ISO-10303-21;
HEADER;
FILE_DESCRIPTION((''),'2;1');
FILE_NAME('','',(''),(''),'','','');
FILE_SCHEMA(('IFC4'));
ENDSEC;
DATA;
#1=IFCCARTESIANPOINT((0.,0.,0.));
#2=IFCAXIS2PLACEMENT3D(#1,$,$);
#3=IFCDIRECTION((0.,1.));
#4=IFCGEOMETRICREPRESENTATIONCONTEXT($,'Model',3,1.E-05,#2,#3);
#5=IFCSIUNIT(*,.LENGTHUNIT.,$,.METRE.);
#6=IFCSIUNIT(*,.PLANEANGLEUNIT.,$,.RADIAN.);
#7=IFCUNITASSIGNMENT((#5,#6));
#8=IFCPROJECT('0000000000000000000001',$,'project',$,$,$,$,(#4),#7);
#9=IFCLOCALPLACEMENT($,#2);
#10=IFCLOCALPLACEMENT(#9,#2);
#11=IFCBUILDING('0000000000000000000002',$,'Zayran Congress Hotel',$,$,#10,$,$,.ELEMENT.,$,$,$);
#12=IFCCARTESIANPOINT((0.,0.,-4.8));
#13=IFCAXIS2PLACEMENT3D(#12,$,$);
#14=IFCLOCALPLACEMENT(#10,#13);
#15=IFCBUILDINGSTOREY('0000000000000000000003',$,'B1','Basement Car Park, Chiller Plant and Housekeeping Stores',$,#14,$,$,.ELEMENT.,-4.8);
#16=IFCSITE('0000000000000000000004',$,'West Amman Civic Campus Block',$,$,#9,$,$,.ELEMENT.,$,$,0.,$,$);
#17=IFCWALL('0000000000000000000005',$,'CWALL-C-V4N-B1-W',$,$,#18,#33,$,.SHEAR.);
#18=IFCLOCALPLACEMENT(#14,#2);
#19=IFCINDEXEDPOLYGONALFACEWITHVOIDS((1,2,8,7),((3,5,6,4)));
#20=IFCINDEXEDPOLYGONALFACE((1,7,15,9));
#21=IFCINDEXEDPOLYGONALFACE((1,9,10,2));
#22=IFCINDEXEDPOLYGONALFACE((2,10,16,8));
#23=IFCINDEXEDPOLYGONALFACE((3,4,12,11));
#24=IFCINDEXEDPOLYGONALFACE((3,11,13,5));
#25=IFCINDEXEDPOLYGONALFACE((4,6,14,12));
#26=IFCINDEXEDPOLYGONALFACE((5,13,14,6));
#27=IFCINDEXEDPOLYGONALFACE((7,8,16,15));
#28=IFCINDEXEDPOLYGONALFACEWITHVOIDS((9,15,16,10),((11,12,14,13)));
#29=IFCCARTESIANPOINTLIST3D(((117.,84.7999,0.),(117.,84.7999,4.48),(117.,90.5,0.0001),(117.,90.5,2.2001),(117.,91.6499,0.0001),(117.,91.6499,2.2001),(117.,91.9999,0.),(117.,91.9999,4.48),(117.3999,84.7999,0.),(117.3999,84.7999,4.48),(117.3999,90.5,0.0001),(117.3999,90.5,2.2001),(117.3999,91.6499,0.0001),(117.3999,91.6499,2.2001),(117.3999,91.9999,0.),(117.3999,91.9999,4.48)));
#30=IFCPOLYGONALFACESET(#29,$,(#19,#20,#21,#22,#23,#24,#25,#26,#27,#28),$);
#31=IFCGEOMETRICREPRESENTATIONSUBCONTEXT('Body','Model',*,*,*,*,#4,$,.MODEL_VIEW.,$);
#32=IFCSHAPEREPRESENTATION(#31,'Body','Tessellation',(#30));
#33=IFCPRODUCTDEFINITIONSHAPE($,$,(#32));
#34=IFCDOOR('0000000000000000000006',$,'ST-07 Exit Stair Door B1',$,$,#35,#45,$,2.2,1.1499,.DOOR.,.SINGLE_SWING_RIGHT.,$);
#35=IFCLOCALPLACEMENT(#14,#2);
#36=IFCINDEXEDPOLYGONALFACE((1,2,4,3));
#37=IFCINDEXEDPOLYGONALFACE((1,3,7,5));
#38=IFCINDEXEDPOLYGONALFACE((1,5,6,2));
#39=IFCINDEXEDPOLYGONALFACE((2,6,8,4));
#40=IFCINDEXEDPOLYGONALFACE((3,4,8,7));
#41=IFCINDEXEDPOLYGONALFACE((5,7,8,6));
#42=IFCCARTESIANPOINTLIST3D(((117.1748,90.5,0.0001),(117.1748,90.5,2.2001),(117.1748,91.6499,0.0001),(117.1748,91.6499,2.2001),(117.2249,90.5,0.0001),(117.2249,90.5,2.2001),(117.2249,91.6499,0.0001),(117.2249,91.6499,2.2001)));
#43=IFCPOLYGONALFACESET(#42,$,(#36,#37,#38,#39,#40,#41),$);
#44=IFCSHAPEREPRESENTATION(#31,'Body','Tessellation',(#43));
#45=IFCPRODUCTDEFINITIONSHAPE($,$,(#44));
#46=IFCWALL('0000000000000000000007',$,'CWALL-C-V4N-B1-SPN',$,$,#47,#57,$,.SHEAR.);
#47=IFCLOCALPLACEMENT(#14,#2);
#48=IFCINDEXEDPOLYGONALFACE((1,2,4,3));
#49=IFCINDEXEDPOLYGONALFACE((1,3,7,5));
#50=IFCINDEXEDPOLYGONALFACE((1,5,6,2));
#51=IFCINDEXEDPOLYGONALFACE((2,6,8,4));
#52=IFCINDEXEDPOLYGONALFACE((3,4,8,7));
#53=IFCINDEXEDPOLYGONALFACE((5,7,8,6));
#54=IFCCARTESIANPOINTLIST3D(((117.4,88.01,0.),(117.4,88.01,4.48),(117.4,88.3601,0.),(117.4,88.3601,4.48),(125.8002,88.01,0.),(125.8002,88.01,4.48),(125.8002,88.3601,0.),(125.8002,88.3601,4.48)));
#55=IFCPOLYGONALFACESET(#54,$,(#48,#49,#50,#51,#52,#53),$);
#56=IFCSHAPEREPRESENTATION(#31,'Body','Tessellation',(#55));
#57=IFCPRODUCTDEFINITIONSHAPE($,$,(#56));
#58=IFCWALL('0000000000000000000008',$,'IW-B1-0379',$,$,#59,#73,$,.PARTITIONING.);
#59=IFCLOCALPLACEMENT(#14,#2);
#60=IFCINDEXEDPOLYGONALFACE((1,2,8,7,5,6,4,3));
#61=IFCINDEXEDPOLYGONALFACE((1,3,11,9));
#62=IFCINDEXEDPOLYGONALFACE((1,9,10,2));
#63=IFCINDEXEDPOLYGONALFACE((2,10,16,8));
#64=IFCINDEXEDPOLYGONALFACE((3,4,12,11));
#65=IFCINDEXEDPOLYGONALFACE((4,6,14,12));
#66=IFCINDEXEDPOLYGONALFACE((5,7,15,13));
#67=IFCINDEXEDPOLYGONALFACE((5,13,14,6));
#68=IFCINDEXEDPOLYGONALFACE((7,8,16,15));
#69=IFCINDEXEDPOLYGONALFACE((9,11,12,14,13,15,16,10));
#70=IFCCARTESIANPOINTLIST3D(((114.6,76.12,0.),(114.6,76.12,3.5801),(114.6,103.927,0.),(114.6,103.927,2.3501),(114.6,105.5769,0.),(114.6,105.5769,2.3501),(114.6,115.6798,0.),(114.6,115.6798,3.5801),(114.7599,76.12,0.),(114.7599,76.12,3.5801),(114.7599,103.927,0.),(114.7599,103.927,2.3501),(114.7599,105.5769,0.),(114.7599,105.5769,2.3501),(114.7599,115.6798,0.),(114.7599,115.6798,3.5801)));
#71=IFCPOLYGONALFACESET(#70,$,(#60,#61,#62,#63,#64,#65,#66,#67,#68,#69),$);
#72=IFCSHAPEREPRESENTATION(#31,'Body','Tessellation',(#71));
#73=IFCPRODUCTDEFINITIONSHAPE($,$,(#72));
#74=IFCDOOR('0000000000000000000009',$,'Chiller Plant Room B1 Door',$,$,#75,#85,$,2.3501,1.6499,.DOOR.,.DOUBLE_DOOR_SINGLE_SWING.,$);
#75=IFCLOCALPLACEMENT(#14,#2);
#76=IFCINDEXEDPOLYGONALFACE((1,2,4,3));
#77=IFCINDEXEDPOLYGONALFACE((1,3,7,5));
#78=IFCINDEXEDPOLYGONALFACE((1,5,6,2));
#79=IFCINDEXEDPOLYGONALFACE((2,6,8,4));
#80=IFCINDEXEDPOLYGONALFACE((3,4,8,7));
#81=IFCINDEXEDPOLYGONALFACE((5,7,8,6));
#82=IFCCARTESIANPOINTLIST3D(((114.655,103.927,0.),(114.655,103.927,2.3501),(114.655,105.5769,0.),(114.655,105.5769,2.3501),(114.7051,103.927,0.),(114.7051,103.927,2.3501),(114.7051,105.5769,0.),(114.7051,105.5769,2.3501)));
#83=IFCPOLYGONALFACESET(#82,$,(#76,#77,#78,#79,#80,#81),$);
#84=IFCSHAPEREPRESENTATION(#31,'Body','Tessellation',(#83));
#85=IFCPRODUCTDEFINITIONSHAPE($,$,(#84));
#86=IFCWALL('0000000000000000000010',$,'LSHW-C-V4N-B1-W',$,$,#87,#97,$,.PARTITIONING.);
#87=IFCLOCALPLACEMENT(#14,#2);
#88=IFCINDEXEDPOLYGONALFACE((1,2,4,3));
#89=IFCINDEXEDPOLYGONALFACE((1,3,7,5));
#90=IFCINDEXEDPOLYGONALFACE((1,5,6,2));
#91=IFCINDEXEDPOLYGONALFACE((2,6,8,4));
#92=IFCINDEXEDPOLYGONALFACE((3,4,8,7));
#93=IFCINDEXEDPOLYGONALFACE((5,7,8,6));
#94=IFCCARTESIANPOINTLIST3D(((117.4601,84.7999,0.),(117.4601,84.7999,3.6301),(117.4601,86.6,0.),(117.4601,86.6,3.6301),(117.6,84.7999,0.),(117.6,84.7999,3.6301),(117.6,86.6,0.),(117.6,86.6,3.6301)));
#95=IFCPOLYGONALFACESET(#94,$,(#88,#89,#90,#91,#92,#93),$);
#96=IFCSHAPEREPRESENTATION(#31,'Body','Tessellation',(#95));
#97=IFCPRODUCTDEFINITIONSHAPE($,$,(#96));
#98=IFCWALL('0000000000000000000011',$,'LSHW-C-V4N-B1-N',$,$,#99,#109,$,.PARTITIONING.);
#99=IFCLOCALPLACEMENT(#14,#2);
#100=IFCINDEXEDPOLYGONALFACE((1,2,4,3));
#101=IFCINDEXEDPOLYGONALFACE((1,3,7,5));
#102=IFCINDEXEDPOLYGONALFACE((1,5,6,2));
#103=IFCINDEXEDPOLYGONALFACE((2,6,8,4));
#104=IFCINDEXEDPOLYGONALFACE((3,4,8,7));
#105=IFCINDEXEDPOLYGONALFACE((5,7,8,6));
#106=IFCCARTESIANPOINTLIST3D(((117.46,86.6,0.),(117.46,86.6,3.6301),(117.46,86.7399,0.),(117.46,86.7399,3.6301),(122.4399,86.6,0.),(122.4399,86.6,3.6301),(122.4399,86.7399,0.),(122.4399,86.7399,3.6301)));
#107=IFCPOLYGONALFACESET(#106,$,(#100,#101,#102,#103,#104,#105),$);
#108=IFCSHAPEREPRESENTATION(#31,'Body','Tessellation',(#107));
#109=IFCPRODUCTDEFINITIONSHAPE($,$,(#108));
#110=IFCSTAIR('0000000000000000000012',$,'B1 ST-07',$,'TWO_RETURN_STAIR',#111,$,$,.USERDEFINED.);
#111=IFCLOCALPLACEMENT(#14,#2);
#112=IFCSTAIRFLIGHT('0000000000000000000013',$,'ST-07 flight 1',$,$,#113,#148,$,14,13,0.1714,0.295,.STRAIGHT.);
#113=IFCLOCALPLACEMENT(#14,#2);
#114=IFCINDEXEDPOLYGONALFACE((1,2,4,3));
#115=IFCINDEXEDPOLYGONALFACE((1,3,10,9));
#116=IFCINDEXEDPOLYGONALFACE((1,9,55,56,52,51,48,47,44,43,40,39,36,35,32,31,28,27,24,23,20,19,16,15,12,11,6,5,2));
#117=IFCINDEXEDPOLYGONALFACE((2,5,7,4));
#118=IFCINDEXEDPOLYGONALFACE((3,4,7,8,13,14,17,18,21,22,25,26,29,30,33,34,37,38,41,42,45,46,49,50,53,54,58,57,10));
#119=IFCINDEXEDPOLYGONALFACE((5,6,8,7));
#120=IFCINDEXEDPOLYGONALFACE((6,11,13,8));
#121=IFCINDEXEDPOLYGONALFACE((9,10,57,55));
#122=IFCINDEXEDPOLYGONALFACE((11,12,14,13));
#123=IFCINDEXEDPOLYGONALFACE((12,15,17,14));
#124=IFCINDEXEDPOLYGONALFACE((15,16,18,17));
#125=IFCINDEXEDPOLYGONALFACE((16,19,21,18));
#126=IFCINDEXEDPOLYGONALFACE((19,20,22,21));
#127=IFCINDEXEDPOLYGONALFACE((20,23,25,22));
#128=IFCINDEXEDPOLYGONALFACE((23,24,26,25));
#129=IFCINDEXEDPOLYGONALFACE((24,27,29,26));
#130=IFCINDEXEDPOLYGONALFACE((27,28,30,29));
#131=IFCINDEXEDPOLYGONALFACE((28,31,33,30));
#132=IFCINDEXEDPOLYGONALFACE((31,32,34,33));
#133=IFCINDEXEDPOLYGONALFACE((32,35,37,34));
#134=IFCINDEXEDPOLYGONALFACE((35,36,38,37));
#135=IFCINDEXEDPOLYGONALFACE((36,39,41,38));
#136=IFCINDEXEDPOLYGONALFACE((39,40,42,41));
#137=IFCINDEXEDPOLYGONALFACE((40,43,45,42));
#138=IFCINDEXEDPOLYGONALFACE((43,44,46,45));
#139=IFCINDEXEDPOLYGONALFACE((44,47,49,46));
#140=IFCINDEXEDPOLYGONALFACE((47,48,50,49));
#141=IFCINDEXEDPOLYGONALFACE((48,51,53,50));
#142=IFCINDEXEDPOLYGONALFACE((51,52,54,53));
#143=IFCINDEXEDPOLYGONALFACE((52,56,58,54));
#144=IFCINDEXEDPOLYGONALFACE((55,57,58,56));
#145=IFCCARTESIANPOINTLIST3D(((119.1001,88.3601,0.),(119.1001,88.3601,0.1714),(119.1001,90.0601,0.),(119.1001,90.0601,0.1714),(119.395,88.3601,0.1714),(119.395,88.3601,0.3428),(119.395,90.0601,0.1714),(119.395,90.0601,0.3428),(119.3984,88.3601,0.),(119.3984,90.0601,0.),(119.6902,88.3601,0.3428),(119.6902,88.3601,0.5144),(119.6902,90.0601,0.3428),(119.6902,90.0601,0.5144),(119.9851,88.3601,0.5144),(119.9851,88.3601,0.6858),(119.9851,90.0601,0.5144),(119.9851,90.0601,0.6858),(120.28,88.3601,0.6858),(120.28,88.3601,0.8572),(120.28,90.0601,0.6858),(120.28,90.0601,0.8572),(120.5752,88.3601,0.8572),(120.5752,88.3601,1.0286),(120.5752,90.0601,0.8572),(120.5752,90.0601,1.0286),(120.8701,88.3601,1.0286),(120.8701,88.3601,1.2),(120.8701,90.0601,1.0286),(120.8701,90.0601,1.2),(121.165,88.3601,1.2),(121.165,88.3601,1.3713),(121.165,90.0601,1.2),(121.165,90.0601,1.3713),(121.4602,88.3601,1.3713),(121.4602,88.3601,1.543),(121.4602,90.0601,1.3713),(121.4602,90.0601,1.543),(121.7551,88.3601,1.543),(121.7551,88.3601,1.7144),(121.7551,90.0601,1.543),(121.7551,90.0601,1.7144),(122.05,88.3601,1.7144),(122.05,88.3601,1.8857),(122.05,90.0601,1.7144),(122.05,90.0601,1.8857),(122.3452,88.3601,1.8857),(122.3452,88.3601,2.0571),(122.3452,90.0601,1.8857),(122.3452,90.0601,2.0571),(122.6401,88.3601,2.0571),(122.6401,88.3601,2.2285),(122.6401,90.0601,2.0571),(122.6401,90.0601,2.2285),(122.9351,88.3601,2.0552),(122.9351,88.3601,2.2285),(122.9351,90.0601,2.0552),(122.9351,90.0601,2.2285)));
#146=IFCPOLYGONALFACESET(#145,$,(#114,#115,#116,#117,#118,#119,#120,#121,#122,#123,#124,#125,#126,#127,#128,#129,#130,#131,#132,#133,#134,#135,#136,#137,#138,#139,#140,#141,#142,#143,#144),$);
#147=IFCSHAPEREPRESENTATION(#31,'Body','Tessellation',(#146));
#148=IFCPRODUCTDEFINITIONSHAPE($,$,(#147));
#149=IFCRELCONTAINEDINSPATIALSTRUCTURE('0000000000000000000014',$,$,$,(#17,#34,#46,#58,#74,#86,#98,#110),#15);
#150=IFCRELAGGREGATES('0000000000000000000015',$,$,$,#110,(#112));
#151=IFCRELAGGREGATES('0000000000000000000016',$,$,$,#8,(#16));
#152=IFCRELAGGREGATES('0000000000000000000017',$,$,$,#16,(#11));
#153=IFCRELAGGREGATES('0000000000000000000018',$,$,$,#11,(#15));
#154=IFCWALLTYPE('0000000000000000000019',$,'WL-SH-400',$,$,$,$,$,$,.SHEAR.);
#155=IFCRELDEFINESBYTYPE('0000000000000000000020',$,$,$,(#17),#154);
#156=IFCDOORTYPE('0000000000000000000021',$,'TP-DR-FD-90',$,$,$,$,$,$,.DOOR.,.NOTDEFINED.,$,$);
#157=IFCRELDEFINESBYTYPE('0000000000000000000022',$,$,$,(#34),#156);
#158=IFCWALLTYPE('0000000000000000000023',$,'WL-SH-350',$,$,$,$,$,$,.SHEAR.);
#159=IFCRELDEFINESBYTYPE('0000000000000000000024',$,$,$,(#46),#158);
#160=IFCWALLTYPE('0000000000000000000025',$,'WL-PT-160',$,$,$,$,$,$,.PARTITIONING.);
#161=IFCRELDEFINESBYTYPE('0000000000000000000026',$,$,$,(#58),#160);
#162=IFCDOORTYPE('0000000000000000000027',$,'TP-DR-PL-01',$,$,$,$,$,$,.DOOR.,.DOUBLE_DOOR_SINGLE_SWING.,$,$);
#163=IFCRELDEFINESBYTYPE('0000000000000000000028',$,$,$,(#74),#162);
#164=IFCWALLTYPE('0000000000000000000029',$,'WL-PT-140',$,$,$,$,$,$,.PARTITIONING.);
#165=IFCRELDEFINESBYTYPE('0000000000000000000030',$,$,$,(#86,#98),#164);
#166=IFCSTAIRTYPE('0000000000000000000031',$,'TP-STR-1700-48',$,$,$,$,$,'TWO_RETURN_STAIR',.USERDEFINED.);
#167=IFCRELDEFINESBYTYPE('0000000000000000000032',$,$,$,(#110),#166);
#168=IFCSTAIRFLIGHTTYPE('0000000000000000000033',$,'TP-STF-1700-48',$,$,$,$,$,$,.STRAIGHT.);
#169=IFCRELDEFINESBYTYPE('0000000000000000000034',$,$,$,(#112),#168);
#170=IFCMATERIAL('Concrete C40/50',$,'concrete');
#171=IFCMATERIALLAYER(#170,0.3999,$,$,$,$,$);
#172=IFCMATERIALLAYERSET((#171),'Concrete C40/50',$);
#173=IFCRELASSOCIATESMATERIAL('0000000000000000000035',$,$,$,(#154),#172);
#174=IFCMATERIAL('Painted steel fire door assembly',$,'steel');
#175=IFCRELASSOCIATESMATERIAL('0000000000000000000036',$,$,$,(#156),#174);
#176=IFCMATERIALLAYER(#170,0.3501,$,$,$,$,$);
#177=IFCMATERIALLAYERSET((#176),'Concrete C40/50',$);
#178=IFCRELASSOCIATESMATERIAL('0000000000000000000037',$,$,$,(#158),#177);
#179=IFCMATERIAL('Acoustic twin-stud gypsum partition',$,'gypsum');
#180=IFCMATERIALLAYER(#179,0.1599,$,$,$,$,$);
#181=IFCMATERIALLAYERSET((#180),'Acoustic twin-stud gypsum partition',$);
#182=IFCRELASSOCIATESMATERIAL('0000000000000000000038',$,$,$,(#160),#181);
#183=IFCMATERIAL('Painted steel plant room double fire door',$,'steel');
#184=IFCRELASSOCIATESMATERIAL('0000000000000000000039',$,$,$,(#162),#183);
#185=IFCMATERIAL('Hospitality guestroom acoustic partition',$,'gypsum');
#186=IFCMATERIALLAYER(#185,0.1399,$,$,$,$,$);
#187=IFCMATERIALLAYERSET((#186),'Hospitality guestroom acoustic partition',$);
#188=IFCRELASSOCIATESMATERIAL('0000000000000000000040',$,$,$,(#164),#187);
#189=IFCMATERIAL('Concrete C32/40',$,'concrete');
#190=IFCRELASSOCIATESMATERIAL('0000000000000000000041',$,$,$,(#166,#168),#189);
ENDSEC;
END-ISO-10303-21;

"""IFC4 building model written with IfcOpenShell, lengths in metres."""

from ifc_helpers import new_model, si_unit, direction, frame, frame_2d, origin, place, context, subcontext, project, spatial, polyline, rectangle, outline, extrude, material, layer, layer_set, type_object, element, fill, aggregate, save


model = new_model("IFC4")

# Units and contexts
model_context = context("Model", 3, precision=1e-05, world=origin(), true_north=direction((0.0, 1.0)))
body_context = subcontext(model_context, "Body", "Model", "MODEL_VIEW")
ifc_project = project(units=[si_unit("LENGTHUNIT", "METRE"), si_unit("PLANEANGLEUNIT", "RADIAN")], contexts=[model_context])

# Site, building, storey
site_placement = place(None, origin())
site = spatial("IfcSite", under=ifc_project, at=site_placement, Name="West Amman Civic Campus Block", CompositionType="ELEMENT", RefElevation=0.0)
building_placement = place(site_placement, origin())
building = spatial("IfcBuilding", under=site, at=building_placement, Name="Zayran Congress Hotel", CompositionType="ELEMENT")
storey_placement = place(building_placement, frame((0.0, 0.0, -4.8)))
storey = spatial("IfcBuildingStorey", under=building, at=storey_placement, Name="B1", Description="Basement Car Park, Chiller Plant and Housekeeping Stores", CompositionType="ELEMENT", Elevation=-4.8)

# Shared definitions
ifc_material_1 = material(Name="Concrete C40/50", Category="concrete")

# Shared definitions
ifc_layer_1 = layer(ifc_material_1, 0.3999)
ifc_layer_set_1 = layer_set([ifc_layer_1], Name="Concrete C40/50")
wall_type_1 = type_object("IfcWallType", Name="WL-SH-400", PredefinedType="SHEAR", material=ifc_layer_set_1)

# Wall, opening, door
wall_1_placement = place(storey_placement, frame((117.2, 92.0, 0.0), z_axis=(0.0, 0.0, 1.0), x_axis=(0.0, -1.0, 0.0)))
wall_1 = element("IfcWall", 1, at=wall_1_placement, inside=storey, type_object=wall_type_1, Name="CWALL-C-V4N-B1-W", PredefinedType="SHEAR", context=body_context, shape_type="SweptSolid", body=[
    extrude(rectangle(XDim=7.2, YDim=0.3999, at=frame_2d((3.6001, 0.0))), origin(), (0.0, 0.0, 1.0), 4.48),
])
opening_1_placement = place(wall_1_placement, frame((0.3501, 0.0, 0.0)))
opening_1 = element("IfcOpeningElement", 2, at=opening_1_placement, cuts=wall_1, PredefinedType="OPENING", context=body_context, shape_type="SweptSolid", body=[
    extrude(rectangle(XDim=1.1499, YDim=2.2, at=frame_2d((0.575, 1.1001))), frame((0.0, 0.21, 0.0), z_axis=(0.0, -1.0, 0.0), x_axis=(1.0, 0.0, 0.0)), (0.0, 0.0, 1.0), 0.4199),
])
ifc_material_2 = material(Name="Painted steel fire door assembly", Category="steel")
door_type_1 = type_object("IfcDoorType", Name="TP-DR-FD-90", OperationType="NOTDEFINED", PredefinedType="DOOR", material=ifc_material_2)
door_1_placement = place(opening_1_placement, origin())
door_1 = element("IfcDoor", 3, at=door_1_placement, inside=storey, type_object=door_type_1, Name="ST-07 Exit Stair Door B1", OperationType="SINGLE_SWING_RIGHT", OverallHeight=2.2, OverallWidth=1.1499, PredefinedType="DOOR", context=body_context, shape_type="SweptSolid", body=[
    extrude(rectangle(XDim=1.1499, YDim=2.2, at=frame_2d((0.575, 1.1001))), frame((0.0, 0.0249, 0.0), z_axis=(0.0, -1.0, 0.0), x_axis=(1.0, 0.0, 0.0)), (0.0, 0.0, 1.0), 0.05),
])
fill(opening_1, door_1)

# Wall
ifc_layer_2 = layer(ifc_material_1, 0.3501)
ifc_layer_set_2 = layer_set([ifc_layer_2], Name="Concrete C40/50")
wall_type_2 = type_object("IfcWallType", Name="WL-SH-350", PredefinedType="SHEAR", material=ifc_layer_set_2)
wall_2_placement = place(storey_placement, frame((117.3999, 88.1851, 0.0), z_axis=(0.0, 0.0, 1.0), x_axis=(1.0, 0.0, 0.0)))
element("IfcWall", 4, at=wall_2_placement, inside=storey, type_object=wall_type_2, Name="CWALL-C-V4N-B1-SPN", PredefinedType="SHEAR", context=body_context, shape_type="SweptSolid", body=[
    extrude(rectangle(XDim=8.4001, YDim=0.3501, at=frame_2d((4.2002, 0.0))), origin(), (0.0, 0.0, 1.0), 4.48),
])

# Wall, opening, door
ifc_material_3 = material(Name="Acoustic twin-stud gypsum partition", Category="gypsum")
ifc_layer_3 = layer(ifc_material_3, 0.1599)
ifc_layer_set_3 = layer_set([ifc_layer_3], Name="Acoustic twin-stud gypsum partition")
wall_type_3 = type_object("IfcWallType", Name="WL-PT-160", PredefinedType="PARTITIONING", material=ifc_layer_set_3)
wall_3_placement = place(storey_placement, frame((114.6799, 76.1201, 0.0), z_axis=(0.0, 0.0, 1.0), x_axis=(0.0, 1.0, 0.0)))
wall_3 = element("IfcWall", 5, at=wall_3_placement, inside=storey, type_object=wall_type_3, Name="IW-B1-0379", PredefinedType="PARTITIONING", context=body_context, shape_type="SweptSolid", body=[
    extrude(rectangle(XDim=39.5598, YDim=0.1599, at=frame_2d((19.7798, 0.0))), origin(), (0.0, 0.0, 1.0), 3.5801),
])
opening_2_placement = place(wall_3_placement, frame((27.8069, 0.0, 0.0)))
opening_2 = element("IfcOpeningElement", 6, at=opening_2_placement, cuts=wall_3, PredefinedType="OPENING", context=body_context, shape_type="SweptSolid", body=[
    extrude(rectangle(XDim=1.6499, YDim=2.3501, at=frame_2d((0.825, 1.175))), frame((0.0, 0.0898, 0.0), z_axis=(0.0, -1.0, 0.0), x_axis=(1.0, 0.0, 0.0)), (0.0, 0.0, 1.0), 0.1799),
])
ifc_material_4 = material(Name="Painted steel plant room double fire door", Category="steel")
door_type_2 = type_object("IfcDoorType", Name="TP-DR-PL-01", OperationType="DOUBLE_DOOR_SINGLE_SWING", PredefinedType="DOOR", material=ifc_material_4)
door_2_placement = place(opening_2_placement, origin())
door_2 = element("IfcDoor", 7, at=door_2_placement, inside=storey, type_object=door_type_2, Name="Chiller Plant Room B1 Door", OperationType="DOUBLE_DOOR_SINGLE_SWING", OverallHeight=2.3501, OverallWidth=1.6499, PredefinedType="DOOR", context=body_context, shape_type="SweptSolid", body=[
    extrude(rectangle(XDim=1.6499, YDim=2.3501, at=frame_2d((0.825, 1.175))), frame((0.0, 0.0249, 0.0), z_axis=(0.0, -1.0, 0.0), x_axis=(1.0, 0.0, 0.0)), (0.0, 0.0, 1.0), 0.05),
])
fill(opening_2, door_2)

# Walls
ifc_material_5 = material(Name="Hospitality guestroom acoustic partition", Category="gypsum")
ifc_layer_4 = layer(ifc_material_5, 0.1399)
ifc_layer_set_4 = layer_set([ifc_layer_4], Name="Hospitality guestroom acoustic partition")
wall_type_4 = type_object("IfcWallType", Name="WL-PT-140", PredefinedType="PARTITIONING", material=ifc_layer_set_4)
wall_4_placement = place(storey_placement, frame((117.53, 84.8, 0.0), z_axis=(0.0, 0.0, 1.0), x_axis=(0.0, 1.0, 0.0)))
element("IfcWall", 8, at=wall_4_placement, inside=storey, type_object=wall_type_4, Name="LSHW-C-V4N-B1-W", PredefinedType="PARTITIONING", context=body_context, shape_type="SweptSolid", body=[
    extrude(rectangle(XDim=1.8, YDim=0.1399, at=frame_2d((0.8999, 0.0))), origin(), (0.0, 0.0, 1.0), 3.6301),
])
wall_5_placement = place(storey_placement, frame((117.46, 86.6699, 0.0), z_axis=(0.0, 0.0, 1.0), x_axis=(1.0, 0.0, 0.0)))
element("IfcWall", 9, at=wall_5_placement, inside=storey, type_object=wall_type_4, Name="LSHW-C-V4N-B1-N", PredefinedType="PARTITIONING", context=body_context, shape_type="SweptSolid", body=[
    extrude(rectangle(XDim=4.98, YDim=0.1399, at=frame_2d((2.49, 0.0))), origin(), (0.0, 0.0, 1.0), 3.6301),
])

# Stair, stair flight
ifc_material_6 = material(Name="Concrete C32/40", Category="concrete")
stair_type = type_object("IfcStairType", Name="TP-STR-1700-48", ElementType="TWO_RETURN_STAIR", PredefinedType="USERDEFINED", material=ifc_material_6)
stair_placement = place(storey_placement, origin())
stair = element("IfcStair", 10, at=stair_placement, inside=storey, type_object=stair_type, Name="B1 ST-07", ObjectType="TWO_RETURN_STAIR", PredefinedType="USERDEFINED")
stair_flight_type = type_object("IfcStairFlightType", Name="TP-STF-1700-48", PredefinedType="STRAIGHT", material=ifc_material_6)
stair_flight_placement = place(storey_placement, frame((119.1001, 89.21, 0.0), z_axis=(0.0, 0.0, 1.0), x_axis=(1.0, 0.0, 0.0)))
stair_flight = element("IfcStairFlight", 11, at=stair_flight_placement, type_object=stair_flight_type, Name="ST-07 flight 1", NumberOfRisers=14, NumberOfTreads=13, PredefinedType="STRAIGHT", RiserHeight=0.1714, TreadLength=0.295, context=body_context, shape_type="SweptSolid", body=[
    extrude(outline(polyline([(0.0, 0.0), (0.0, 0.1714), (0.2949, 0.1714), (0.2949, 0.3428), (0.5901, 0.3428), (0.5901, 0.5144), (0.885, 0.5144), (0.885, 0.6858), (1.1799, 0.6858), (1.1799, 0.8572), (1.4751, 0.8572), (1.4751, 1.0286), (1.77, 1.0286), (1.77, 1.2), (2.0649, 1.2), (2.0649, 1.3713), (2.3601, 1.3713), (2.3601, 1.543), (2.655, 1.543), (2.655, 1.7144), (2.95, 1.7144), (2.95, 1.8857), (3.2451, 1.8857), (3.2451, 2.0571), (3.54, 2.0571), (3.54, 2.2285), (3.835, 2.2285), (3.835, 2.3999), (3.835, 2.0552), (0.2983, 0.0), (0.0, 0.0)])), frame((0.0, 0.8501, 0.0), z_axis=(0.0, -1.0, 0.0), x_axis=(1.0, 0.0, 0.0)), (0.0, 0.0, 1.0), 1.7),
])
aggregate(stair, [stair_flight])

save(model, "model.ifc")
